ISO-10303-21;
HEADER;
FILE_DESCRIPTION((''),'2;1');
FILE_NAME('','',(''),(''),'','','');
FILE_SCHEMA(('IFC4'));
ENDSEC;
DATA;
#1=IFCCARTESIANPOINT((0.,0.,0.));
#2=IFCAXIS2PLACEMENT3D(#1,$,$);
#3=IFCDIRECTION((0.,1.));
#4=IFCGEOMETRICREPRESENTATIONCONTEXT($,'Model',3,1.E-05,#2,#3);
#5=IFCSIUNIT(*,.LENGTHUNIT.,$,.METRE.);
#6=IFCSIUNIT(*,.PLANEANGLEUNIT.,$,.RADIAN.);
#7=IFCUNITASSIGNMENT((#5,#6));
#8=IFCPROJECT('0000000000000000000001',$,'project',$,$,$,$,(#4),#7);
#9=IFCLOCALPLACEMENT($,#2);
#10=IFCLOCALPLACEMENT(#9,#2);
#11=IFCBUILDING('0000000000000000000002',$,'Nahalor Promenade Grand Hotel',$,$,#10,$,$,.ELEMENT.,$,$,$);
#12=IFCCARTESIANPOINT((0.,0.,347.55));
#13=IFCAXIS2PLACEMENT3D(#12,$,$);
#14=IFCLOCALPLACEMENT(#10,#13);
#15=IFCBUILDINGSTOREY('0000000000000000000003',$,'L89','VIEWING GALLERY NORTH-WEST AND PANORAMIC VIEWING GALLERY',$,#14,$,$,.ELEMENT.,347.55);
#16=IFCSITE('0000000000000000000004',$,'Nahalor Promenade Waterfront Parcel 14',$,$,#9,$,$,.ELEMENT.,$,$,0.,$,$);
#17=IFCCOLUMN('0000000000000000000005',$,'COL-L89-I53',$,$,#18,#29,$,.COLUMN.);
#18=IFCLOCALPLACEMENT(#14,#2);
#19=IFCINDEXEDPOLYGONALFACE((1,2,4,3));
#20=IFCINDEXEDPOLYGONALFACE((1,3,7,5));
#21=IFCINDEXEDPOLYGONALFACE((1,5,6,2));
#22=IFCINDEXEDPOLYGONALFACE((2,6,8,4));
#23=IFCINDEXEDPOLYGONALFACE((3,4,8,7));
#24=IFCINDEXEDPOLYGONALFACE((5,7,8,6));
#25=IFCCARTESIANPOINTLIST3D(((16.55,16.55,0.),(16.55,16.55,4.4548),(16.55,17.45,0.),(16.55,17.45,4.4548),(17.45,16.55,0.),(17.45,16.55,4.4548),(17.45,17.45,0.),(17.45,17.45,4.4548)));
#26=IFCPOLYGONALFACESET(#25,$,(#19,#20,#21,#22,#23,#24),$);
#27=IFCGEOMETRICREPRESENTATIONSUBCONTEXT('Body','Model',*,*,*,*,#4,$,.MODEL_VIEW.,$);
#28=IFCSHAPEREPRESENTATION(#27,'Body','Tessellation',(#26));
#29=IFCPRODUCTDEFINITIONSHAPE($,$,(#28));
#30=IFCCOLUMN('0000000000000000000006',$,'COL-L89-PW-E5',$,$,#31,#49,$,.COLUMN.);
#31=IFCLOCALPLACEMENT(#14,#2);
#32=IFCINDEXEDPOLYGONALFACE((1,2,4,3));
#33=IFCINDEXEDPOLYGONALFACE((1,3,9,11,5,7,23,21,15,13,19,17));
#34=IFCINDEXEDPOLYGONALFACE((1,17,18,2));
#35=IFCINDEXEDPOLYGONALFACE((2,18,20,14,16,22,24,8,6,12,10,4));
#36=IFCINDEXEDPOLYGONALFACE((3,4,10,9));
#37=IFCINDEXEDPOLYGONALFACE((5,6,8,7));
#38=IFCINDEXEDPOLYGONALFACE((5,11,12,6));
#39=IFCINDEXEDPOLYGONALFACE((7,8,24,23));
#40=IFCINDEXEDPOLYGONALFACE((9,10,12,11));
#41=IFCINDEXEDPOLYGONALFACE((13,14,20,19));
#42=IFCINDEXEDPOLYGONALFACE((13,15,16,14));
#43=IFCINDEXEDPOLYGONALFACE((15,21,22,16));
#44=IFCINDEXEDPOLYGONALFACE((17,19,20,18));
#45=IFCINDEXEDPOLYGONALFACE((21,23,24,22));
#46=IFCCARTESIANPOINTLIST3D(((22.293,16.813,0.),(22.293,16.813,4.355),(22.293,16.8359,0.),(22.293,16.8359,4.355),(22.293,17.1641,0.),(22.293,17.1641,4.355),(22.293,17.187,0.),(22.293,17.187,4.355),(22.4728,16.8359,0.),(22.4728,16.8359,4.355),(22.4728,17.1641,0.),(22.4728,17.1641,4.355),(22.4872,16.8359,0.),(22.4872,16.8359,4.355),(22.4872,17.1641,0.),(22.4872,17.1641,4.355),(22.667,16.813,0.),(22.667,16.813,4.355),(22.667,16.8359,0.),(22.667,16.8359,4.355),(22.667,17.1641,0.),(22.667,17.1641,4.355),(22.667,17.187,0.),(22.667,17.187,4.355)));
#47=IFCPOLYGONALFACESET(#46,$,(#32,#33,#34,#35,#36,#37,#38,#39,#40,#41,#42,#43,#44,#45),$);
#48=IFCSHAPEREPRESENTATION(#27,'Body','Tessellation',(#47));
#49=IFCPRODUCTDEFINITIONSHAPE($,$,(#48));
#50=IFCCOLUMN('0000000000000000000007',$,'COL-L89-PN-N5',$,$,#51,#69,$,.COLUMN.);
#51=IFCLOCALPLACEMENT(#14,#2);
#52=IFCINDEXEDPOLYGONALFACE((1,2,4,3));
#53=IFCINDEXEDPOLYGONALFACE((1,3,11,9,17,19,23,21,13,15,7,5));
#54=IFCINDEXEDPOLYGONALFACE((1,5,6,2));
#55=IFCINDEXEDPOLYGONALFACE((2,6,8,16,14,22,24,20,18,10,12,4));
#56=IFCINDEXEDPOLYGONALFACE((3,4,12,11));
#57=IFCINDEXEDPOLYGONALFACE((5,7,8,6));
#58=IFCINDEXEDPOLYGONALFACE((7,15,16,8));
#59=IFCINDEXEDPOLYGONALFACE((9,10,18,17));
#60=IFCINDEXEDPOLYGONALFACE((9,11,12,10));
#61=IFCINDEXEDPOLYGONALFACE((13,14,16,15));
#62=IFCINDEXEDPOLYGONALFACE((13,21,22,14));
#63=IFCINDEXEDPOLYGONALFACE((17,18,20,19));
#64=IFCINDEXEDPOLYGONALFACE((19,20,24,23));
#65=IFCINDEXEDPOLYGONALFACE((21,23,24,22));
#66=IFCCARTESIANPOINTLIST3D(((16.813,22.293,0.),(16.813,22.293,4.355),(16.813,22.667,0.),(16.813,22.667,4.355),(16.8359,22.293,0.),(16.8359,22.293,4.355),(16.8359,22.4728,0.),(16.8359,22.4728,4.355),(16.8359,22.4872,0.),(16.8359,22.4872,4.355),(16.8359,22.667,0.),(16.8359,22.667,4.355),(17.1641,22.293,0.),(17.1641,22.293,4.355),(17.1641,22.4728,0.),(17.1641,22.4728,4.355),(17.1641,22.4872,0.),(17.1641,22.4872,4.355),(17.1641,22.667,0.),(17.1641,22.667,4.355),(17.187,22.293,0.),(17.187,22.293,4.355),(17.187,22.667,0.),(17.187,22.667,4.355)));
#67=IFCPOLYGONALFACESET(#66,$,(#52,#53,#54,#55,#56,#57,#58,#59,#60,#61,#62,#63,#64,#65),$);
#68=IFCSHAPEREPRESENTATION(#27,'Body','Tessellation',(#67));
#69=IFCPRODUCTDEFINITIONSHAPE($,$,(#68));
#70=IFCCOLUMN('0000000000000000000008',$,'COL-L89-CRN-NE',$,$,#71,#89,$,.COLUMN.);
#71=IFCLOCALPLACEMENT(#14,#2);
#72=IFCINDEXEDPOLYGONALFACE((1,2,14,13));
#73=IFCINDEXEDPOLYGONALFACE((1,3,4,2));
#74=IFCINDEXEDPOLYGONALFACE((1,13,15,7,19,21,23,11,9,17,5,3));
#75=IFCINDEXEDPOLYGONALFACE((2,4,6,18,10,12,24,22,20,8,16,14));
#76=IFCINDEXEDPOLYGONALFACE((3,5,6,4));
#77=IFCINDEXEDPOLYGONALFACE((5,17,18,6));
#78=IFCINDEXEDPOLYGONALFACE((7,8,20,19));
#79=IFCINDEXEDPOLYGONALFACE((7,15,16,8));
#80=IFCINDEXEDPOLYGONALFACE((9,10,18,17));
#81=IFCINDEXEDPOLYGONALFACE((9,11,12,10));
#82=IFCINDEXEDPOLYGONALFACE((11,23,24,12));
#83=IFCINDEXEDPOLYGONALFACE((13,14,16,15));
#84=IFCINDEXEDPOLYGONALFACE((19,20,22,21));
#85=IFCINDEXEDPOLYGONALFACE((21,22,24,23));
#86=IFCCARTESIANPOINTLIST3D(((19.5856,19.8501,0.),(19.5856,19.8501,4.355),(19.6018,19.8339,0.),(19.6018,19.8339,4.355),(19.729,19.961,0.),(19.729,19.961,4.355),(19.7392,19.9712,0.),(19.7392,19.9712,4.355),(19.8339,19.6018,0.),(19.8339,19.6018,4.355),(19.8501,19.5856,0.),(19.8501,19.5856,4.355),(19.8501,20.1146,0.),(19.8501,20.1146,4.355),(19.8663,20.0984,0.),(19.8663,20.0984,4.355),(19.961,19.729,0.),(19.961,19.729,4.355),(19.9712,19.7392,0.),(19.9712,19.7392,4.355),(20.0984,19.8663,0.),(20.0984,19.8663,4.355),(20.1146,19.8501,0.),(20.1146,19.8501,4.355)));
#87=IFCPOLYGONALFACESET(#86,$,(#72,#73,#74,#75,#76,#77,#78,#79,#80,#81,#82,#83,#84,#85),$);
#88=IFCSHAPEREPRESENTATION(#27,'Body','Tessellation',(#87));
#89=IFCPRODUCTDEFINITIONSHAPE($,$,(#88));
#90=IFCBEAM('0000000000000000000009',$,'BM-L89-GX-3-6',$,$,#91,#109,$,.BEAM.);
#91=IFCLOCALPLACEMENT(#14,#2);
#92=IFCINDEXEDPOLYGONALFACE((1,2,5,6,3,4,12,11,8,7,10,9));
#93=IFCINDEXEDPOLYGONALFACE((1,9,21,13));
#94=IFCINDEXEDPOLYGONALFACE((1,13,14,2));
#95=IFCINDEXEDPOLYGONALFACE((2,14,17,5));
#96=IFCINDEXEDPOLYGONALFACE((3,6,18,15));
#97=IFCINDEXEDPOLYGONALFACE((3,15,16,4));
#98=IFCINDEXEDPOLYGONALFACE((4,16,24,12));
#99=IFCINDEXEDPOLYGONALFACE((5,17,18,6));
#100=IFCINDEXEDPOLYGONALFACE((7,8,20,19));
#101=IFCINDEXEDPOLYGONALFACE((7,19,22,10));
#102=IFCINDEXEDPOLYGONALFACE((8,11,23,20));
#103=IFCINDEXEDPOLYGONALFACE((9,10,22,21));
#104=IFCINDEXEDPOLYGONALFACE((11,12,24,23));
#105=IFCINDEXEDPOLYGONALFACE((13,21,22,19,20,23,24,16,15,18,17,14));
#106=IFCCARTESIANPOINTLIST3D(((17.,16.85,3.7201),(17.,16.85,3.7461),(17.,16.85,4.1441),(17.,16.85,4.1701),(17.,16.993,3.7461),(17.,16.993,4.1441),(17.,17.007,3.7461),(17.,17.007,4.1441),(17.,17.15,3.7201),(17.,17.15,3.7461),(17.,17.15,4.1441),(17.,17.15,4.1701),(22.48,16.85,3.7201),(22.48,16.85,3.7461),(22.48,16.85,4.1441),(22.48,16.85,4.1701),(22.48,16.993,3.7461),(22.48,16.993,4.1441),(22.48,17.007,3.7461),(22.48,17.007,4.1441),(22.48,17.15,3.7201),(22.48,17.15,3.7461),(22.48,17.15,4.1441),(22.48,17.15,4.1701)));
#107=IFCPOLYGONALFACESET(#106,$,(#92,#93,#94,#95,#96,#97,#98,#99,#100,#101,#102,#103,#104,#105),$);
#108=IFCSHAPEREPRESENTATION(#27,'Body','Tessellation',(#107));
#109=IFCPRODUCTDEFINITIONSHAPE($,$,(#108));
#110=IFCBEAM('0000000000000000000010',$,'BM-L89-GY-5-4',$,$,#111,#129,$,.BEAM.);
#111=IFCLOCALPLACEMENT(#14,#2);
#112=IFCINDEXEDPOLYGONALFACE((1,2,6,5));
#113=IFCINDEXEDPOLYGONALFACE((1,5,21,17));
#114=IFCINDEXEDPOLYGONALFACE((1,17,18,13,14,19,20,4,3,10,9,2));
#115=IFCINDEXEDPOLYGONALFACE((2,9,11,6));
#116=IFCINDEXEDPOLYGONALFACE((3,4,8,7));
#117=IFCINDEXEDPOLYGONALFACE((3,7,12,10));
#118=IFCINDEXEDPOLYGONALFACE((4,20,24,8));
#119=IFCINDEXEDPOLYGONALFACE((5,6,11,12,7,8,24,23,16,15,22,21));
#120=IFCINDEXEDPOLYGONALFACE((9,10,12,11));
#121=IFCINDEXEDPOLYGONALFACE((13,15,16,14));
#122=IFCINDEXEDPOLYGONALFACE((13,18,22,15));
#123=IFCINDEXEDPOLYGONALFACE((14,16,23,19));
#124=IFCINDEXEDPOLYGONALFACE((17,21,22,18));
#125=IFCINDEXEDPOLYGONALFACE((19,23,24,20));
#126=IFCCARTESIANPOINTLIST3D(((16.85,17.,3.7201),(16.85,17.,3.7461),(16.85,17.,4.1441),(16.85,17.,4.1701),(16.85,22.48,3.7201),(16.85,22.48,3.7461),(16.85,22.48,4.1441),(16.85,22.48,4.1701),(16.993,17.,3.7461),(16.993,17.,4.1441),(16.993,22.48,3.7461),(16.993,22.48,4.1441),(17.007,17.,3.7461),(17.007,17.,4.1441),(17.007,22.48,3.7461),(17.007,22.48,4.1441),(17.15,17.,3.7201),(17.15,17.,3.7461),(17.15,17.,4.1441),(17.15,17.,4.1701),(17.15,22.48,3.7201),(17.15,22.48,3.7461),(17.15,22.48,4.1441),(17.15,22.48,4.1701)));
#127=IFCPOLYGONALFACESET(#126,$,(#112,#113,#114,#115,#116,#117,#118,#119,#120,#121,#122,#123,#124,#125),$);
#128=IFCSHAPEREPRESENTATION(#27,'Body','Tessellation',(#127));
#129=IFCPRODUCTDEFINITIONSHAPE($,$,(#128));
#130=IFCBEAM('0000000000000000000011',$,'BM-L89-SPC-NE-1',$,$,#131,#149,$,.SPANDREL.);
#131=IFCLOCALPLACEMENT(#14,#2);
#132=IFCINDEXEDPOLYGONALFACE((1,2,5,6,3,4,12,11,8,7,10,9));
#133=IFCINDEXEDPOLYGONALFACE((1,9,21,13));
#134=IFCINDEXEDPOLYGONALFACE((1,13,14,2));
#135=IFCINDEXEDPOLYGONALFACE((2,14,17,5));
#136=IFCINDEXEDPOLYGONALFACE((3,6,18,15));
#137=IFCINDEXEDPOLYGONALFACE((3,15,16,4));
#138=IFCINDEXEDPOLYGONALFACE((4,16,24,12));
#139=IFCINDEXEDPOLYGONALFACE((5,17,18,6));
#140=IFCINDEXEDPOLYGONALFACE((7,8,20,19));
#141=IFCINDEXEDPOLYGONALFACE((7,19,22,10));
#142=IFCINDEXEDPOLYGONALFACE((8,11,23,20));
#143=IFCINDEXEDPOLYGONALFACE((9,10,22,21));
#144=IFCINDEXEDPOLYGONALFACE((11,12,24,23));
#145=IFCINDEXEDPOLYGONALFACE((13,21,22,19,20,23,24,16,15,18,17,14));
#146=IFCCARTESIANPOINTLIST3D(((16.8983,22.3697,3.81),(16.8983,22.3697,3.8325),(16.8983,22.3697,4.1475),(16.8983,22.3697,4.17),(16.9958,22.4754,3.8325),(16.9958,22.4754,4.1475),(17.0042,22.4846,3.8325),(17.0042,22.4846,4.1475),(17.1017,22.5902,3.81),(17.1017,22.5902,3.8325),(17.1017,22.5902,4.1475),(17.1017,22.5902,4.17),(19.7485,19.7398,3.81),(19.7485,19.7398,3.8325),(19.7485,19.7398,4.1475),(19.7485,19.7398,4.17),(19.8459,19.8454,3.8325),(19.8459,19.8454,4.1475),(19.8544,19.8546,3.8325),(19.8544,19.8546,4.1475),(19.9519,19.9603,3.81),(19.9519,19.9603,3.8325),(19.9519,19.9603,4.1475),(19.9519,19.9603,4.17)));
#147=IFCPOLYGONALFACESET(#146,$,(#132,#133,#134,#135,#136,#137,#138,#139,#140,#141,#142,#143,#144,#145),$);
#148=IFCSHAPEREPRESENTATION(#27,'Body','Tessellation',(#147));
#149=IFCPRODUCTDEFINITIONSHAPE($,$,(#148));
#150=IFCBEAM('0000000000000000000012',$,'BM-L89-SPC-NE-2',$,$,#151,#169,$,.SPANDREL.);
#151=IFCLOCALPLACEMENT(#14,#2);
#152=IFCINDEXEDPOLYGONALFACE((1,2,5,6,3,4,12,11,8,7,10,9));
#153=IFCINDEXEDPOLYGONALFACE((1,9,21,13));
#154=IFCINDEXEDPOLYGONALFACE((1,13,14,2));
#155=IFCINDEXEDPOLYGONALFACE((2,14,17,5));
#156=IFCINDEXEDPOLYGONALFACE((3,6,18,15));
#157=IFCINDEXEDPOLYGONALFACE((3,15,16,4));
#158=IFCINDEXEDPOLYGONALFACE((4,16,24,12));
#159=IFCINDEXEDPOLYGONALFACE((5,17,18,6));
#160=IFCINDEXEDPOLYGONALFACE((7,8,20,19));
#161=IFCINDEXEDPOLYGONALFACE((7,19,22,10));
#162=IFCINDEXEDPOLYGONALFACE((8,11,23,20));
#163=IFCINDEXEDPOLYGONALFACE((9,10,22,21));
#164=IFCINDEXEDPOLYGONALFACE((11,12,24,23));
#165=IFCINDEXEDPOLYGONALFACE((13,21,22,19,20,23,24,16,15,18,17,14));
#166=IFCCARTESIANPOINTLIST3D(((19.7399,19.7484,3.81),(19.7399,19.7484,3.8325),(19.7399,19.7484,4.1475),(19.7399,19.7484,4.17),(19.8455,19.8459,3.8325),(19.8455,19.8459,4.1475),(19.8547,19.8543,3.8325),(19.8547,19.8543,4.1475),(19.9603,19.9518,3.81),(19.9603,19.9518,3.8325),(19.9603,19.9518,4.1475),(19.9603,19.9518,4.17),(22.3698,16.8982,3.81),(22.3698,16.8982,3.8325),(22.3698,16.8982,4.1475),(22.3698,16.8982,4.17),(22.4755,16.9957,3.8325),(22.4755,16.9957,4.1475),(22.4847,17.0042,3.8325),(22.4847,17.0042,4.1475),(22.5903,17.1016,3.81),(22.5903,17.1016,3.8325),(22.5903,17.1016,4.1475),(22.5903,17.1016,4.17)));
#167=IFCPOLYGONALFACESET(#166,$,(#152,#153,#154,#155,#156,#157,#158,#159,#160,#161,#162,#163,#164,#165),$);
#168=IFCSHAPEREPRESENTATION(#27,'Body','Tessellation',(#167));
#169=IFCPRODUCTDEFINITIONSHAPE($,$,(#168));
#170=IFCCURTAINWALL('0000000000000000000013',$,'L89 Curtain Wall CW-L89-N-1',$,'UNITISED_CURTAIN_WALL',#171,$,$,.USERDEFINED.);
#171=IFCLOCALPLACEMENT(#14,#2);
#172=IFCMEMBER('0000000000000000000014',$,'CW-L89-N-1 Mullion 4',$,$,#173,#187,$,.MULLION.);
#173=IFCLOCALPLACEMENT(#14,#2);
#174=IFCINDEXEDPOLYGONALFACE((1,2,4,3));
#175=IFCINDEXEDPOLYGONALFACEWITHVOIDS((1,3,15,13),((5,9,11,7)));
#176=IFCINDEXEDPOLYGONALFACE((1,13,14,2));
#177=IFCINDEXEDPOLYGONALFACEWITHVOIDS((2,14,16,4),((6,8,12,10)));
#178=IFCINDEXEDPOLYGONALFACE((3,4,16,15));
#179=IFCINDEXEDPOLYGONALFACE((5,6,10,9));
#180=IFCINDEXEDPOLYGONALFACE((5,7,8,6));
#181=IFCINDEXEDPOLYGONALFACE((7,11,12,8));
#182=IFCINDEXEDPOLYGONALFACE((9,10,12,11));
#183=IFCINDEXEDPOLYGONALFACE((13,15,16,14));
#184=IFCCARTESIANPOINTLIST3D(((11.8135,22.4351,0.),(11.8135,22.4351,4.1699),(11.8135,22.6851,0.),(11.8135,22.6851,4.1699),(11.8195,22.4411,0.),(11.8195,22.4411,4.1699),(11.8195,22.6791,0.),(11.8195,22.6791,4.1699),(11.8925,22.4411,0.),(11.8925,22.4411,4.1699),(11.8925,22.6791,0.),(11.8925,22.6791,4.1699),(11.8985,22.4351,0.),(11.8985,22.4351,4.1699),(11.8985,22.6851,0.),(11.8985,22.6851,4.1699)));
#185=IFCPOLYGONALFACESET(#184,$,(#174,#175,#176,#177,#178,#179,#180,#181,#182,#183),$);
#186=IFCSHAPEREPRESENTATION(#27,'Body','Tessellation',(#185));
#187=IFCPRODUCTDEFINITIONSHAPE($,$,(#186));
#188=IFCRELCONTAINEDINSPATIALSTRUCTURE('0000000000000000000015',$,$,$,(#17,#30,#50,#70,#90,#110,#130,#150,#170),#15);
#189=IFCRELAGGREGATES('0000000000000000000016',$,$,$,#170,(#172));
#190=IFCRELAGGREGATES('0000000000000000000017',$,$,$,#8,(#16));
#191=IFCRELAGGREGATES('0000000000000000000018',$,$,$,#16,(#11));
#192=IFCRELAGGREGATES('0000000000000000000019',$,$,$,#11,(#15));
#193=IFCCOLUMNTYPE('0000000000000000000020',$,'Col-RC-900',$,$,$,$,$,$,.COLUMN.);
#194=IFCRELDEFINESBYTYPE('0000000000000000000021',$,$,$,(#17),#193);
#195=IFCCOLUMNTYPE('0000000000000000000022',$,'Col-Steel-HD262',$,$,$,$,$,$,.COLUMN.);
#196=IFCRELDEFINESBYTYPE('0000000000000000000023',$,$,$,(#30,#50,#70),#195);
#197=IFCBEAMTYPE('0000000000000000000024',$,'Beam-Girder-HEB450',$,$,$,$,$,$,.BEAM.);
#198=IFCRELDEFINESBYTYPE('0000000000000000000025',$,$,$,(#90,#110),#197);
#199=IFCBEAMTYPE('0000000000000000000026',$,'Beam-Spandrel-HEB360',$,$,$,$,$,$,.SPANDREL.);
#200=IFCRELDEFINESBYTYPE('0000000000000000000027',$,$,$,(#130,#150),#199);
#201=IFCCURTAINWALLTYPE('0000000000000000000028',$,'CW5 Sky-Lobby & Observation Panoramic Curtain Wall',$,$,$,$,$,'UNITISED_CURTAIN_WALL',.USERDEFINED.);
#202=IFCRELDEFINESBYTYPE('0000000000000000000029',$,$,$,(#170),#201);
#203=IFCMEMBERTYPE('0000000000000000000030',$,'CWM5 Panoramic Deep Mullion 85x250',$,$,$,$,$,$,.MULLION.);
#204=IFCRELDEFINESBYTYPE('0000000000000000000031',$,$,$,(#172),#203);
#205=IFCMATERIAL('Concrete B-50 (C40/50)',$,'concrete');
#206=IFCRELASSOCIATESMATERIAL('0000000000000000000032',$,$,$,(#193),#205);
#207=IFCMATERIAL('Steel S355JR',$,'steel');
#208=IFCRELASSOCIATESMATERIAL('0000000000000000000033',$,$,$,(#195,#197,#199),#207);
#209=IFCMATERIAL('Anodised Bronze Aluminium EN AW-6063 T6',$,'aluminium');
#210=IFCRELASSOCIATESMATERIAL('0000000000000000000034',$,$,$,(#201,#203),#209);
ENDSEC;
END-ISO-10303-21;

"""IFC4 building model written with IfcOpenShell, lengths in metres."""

from ifc_helpers import new_model, si_unit, direction, frame, origin, origin_2d, place, context, subcontext, project, spatial, rectangle, hollow_rectangle, i_section, extrude, source, transform, mapped, material, material_profile, profile_set, type_object, element, aggregate, save


model = new_model("IFC4")

# Units and contexts
model_context = context("Model", 3, precision=1e-05, world=origin(), true_north=direction((0.0, 1.0)))
body_context = subcontext(model_context, "Body", "Model", "MODEL_VIEW")
ifc_project = project(units=[si_unit("LENGTHUNIT", "METRE"), si_unit("PLANEANGLEUNIT", "RADIAN")], contexts=[model_context])

# Site, building, storey
site_placement = place(None, origin())
site = spatial("IfcSite", under=ifc_project, at=site_placement, Name="Nahalor Promenade Waterfront Parcel 14", CompositionType="ELEMENT", RefElevation=0.0)
building_placement = place(site_placement, origin())
building = spatial("IfcBuilding", under=site, at=building_placement, Name="Nahalor Promenade Grand Hotel", CompositionType="ELEMENT")
storey_placement = place(building_placement, frame((0.0, 0.0, 347.55)))
storey = spatial("IfcBuildingStorey", under=building, at=storey_placement, Name="L89", Description="VIEWING GALLERY NORTH-WEST AND PANORAMIC VIEWING GALLERY", CompositionType="ELEMENT", Elevation=347.55)

# Columns
ifc_material_1 = material(Name="Concrete B-50 (C40/50)", Category="concrete")
ifc_material_profile_1 = material_profile(ifc_material_1, rectangle(XDim=0.9, YDim=0.9, at=origin_2d()), Name="RC 900x900")
ifc_profile_set_1 = profile_set([ifc_material_profile_1], Name="Concrete B-50 (C40/50)")
column_type_1 = type_object("IfcColumnType", Name="Col-RC-900", PredefinedType="COLUMN", material=ifc_profile_set_1)
shared_shape_1 = source(origin(), body_context, "Body", "SweptSolid", [
    extrude(rectangle(XDim=0.9, YDim=0.9, at=origin_2d()), origin(), (0.0, 0.0, 1.0), 4.4548),
])
column_placement = place(storey_placement, frame((17.0, 17.0, 0.0), z_axis=(0.0, 0.0, 1.0), x_axis=(1.0, 0.0, 0.0)))
element("IfcColumn", 1, at=column_placement, inside=storey, type_object=column_type_1, Name="COL-L89-I53", PredefinedType="COLUMN", context=body_context, shape_type="MappedRepresentation", body=[
    mapped(shared_shape_1, transform((0.0, 0.0, 0.0), scale=1.0)),
])
ifc_material_2 = material(Name="Steel S355JR", Category="steel")
ifc_material_profile_2 = material_profile(ifc_material_2, i_section(OverallWidth=0.374, OverallDepth=0.374, WebThickness=0.0144, FlangeThickness=0.0229, at=origin_2d()), Name="HD 360x262")
ifc_profile_set_2 = profile_set([ifc_material_profile_2], Name="Steel S355JR")
column_type_2 = type_object("IfcColumnType", Name="Col-Steel-HD262", PredefinedType="COLUMN", material=ifc_profile_set_2)
shared_shape_2 = source(origin(), body_context, "Body", "SweptSolid", [
    extrude(i_section(OverallWidth=0.374, OverallDepth=0.374, WebThickness=0.0144, FlangeThickness=0.0229, at=origin_2d()), origin(), (0.0, 0.0, 1.0), 4.355),
])
for number, where, z_axis, x_axis, name in (
    (2, (22.48, 17.0, 0.0), (0.0, 0.0, 1.0), (1.0, 0.0, 0.0), "COL-L89-PW-E5"),
    (3, (17.0, 22.48, 0.0), (0.0, 0.0, 1.0), (0.0, 1.0, 0.0), "COL-L89-PN-N5"),
    (4, (19.8501, 19.8501, 0.0), (0.0, 0.0, 1.0), (0.707107, 0.707107, 0.0), "COL-L89-CRN-NE"),
):
    element("IfcColumn", number, at=place(storey_placement, frame(where, z_axis=z_axis, x_axis=x_axis)), inside=storey, type_object=column_type_2, Name=name, PredefinedType="COLUMN", context=body_context, shape_type="MappedRepresentation", body=[
        mapped(shared_shape_2, transform((0.0, 0.0, 0.0), scale=1.0)),
    ])

# Beams
ifc_material_profile_3 = material_profile(ifc_material_2, i_section(OverallWidth=0.3, OverallDepth=0.45, WebThickness=0.014, FlangeThickness=0.026, at=origin_2d()), Name="HEB 450")
ifc_profile_set_3 = profile_set([ifc_material_profile_3], Name="Steel S355JR")
beam_type_1 = type_object("IfcBeamType", Name="Beam-Girder-HEB450", PredefinedType="BEAM", material=ifc_profile_set_3)
shared_shape_3 = source(origin(), body_context, "Body", "SweptSolid", [
    extrude(i_section(OverallWidth=0.3, OverallDepth=0.45, WebThickness=0.014, FlangeThickness=0.026, at=origin_2d()), origin(), (0.0, 0.0, 1.0), 5.48),
])
for number, where, z_axis, x_axis, name in (
    (5, (17.0, 17.0, 3.9451), (1.0, 0.0, 0.0), (0.0, 1.0, 0.0), "BM-L89-GX-3-6"),
    (6, (17.0, 17.0, 3.9451), (0.0, 1.0, 0.0), (-1.0, 0.0, 0.0), "BM-L89-GY-5-4"),
):
    element("IfcBeam", number, at=place(storey_placement, frame(where, z_axis=z_axis, x_axis=x_axis)), inside=storey, type_object=beam_type_1, Name=name, PredefinedType="BEAM", context=body_context, shape_type="MappedRepresentation", body=[
        mapped(shared_shape_3, transform((0.0, 0.0, 0.0), scale=1.0)),
    ])
ifc_material_profile_4 = material_profile(ifc_material_2, i_section(OverallWidth=0.3, OverallDepth=0.36, WebThickness=0.0125, FlangeThickness=0.0225, at=origin_2d()), Name="HEB 360")
ifc_profile_set_4 = profile_set([ifc_material_profile_4], Name="Steel S355JR")
beam_type_2 = type_object("IfcBeamType", Name="Beam-Spandrel-HEB360", PredefinedType="SPANDREL", material=ifc_profile_set_4)
shared_shape_4 = source(origin(), body_context, "Body", "SweptSolid", [
    extrude(i_section(OverallWidth=0.3, OverallDepth=0.36, WebThickness=0.0125, FlangeThickness=0.0225, at=origin_2d()), origin(), (0.0, 0.0, 1.0), 3.8782),
])
for number, where, z_axis, x_axis, name in (
    (7, (17.0, 22.48, 3.99), (0.734929, -0.678144, 0.0), (0.678144, 0.734929, 0.0), "BM-L89-SPC-NE-1"),
    (8, (19.8501, 19.8501, 3.99), (0.678144, -0.734929, 0.0), (0.734929, 0.678144, 0.0), "BM-L89-SPC-NE-2"),
):
    element("IfcBeam", number, at=place(storey_placement, frame(where, z_axis=z_axis, x_axis=x_axis)), inside=storey, type_object=beam_type_2, Name=name, PredefinedType="SPANDREL", context=body_context, shape_type="MappedRepresentation", body=[
        mapped(shared_shape_4, transform((0.0, 0.0, 0.0), scale=1.0)),
    ])

# Curtain wall, member
ifc_material_3 = material(Name="Anodised Bronze Aluminium EN AW-6063 T6", Category="aluminium")
curtain_wall_type = type_object("IfcCurtainWallType", Name="CW5 Sky-Lobby & Observation Panoramic Curtain Wall", ElementType="UNITISED_CURTAIN_WALL", PredefinedType="USERDEFINED", material=ifc_material_3)
curtain_wall_1_placement = place(storey_placement, origin())
curtain_wall_1 = element("IfcCurtainWall", 9, at=curtain_wall_1_placement, inside=storey, type_object=curtain_wall_type, Name="L89 Curtain Wall CW-L89-N-1", ObjectType="UNITISED_CURTAIN_WALL", PredefinedType="USERDEFINED")
ifc_material_profile_5 = material_profile(ifc_material_3, hollow_rectangle(XDim=0.085, YDim=0.25, WallThickness=0.006, at=origin_2d()), Name="CWM 85x250x6")
ifc_profile_set_5 = profile_set([ifc_material_profile_5], Name="Anodised Bronze Aluminium EN AW-6063 T6")
member_type_1 = type_object("IfcMemberType", Name="CWM5 Panoramic Deep Mullion 85x250", PredefinedType="MULLION", material=ifc_profile_set_5)
shared_shape_5 = source(origin(), body_context, "Body", "SweptSolid", [
    extrude(hollow_rectangle(XDim=0.085, YDim=0.25, WallThickness=0.006, at=origin_2d()), origin(), (0.0, 0.0, 1.0), 4.1699),
])
member_1_placement = place(storey_placement, frame((11.856, 22.5601, 0.0), z_axis=(0.0, 0.0, 1.0), x_axis=(1.0, 0.0, 0.0)))
member_1 = element("IfcMember", 10, at=member_1_placement, type_object=member_type_1, Name="CW-L89-N-1 Mullion 4", PredefinedType="MULLION", context=body_context, shape_type="MappedRepresentation", body=[
    mapped(shared_shape_5, transform((0.0, 0.0, 0.0), scale=1.0)),
])

aggregate(curtain_wall_1, [member_1])

save(model, "model.ifc")
